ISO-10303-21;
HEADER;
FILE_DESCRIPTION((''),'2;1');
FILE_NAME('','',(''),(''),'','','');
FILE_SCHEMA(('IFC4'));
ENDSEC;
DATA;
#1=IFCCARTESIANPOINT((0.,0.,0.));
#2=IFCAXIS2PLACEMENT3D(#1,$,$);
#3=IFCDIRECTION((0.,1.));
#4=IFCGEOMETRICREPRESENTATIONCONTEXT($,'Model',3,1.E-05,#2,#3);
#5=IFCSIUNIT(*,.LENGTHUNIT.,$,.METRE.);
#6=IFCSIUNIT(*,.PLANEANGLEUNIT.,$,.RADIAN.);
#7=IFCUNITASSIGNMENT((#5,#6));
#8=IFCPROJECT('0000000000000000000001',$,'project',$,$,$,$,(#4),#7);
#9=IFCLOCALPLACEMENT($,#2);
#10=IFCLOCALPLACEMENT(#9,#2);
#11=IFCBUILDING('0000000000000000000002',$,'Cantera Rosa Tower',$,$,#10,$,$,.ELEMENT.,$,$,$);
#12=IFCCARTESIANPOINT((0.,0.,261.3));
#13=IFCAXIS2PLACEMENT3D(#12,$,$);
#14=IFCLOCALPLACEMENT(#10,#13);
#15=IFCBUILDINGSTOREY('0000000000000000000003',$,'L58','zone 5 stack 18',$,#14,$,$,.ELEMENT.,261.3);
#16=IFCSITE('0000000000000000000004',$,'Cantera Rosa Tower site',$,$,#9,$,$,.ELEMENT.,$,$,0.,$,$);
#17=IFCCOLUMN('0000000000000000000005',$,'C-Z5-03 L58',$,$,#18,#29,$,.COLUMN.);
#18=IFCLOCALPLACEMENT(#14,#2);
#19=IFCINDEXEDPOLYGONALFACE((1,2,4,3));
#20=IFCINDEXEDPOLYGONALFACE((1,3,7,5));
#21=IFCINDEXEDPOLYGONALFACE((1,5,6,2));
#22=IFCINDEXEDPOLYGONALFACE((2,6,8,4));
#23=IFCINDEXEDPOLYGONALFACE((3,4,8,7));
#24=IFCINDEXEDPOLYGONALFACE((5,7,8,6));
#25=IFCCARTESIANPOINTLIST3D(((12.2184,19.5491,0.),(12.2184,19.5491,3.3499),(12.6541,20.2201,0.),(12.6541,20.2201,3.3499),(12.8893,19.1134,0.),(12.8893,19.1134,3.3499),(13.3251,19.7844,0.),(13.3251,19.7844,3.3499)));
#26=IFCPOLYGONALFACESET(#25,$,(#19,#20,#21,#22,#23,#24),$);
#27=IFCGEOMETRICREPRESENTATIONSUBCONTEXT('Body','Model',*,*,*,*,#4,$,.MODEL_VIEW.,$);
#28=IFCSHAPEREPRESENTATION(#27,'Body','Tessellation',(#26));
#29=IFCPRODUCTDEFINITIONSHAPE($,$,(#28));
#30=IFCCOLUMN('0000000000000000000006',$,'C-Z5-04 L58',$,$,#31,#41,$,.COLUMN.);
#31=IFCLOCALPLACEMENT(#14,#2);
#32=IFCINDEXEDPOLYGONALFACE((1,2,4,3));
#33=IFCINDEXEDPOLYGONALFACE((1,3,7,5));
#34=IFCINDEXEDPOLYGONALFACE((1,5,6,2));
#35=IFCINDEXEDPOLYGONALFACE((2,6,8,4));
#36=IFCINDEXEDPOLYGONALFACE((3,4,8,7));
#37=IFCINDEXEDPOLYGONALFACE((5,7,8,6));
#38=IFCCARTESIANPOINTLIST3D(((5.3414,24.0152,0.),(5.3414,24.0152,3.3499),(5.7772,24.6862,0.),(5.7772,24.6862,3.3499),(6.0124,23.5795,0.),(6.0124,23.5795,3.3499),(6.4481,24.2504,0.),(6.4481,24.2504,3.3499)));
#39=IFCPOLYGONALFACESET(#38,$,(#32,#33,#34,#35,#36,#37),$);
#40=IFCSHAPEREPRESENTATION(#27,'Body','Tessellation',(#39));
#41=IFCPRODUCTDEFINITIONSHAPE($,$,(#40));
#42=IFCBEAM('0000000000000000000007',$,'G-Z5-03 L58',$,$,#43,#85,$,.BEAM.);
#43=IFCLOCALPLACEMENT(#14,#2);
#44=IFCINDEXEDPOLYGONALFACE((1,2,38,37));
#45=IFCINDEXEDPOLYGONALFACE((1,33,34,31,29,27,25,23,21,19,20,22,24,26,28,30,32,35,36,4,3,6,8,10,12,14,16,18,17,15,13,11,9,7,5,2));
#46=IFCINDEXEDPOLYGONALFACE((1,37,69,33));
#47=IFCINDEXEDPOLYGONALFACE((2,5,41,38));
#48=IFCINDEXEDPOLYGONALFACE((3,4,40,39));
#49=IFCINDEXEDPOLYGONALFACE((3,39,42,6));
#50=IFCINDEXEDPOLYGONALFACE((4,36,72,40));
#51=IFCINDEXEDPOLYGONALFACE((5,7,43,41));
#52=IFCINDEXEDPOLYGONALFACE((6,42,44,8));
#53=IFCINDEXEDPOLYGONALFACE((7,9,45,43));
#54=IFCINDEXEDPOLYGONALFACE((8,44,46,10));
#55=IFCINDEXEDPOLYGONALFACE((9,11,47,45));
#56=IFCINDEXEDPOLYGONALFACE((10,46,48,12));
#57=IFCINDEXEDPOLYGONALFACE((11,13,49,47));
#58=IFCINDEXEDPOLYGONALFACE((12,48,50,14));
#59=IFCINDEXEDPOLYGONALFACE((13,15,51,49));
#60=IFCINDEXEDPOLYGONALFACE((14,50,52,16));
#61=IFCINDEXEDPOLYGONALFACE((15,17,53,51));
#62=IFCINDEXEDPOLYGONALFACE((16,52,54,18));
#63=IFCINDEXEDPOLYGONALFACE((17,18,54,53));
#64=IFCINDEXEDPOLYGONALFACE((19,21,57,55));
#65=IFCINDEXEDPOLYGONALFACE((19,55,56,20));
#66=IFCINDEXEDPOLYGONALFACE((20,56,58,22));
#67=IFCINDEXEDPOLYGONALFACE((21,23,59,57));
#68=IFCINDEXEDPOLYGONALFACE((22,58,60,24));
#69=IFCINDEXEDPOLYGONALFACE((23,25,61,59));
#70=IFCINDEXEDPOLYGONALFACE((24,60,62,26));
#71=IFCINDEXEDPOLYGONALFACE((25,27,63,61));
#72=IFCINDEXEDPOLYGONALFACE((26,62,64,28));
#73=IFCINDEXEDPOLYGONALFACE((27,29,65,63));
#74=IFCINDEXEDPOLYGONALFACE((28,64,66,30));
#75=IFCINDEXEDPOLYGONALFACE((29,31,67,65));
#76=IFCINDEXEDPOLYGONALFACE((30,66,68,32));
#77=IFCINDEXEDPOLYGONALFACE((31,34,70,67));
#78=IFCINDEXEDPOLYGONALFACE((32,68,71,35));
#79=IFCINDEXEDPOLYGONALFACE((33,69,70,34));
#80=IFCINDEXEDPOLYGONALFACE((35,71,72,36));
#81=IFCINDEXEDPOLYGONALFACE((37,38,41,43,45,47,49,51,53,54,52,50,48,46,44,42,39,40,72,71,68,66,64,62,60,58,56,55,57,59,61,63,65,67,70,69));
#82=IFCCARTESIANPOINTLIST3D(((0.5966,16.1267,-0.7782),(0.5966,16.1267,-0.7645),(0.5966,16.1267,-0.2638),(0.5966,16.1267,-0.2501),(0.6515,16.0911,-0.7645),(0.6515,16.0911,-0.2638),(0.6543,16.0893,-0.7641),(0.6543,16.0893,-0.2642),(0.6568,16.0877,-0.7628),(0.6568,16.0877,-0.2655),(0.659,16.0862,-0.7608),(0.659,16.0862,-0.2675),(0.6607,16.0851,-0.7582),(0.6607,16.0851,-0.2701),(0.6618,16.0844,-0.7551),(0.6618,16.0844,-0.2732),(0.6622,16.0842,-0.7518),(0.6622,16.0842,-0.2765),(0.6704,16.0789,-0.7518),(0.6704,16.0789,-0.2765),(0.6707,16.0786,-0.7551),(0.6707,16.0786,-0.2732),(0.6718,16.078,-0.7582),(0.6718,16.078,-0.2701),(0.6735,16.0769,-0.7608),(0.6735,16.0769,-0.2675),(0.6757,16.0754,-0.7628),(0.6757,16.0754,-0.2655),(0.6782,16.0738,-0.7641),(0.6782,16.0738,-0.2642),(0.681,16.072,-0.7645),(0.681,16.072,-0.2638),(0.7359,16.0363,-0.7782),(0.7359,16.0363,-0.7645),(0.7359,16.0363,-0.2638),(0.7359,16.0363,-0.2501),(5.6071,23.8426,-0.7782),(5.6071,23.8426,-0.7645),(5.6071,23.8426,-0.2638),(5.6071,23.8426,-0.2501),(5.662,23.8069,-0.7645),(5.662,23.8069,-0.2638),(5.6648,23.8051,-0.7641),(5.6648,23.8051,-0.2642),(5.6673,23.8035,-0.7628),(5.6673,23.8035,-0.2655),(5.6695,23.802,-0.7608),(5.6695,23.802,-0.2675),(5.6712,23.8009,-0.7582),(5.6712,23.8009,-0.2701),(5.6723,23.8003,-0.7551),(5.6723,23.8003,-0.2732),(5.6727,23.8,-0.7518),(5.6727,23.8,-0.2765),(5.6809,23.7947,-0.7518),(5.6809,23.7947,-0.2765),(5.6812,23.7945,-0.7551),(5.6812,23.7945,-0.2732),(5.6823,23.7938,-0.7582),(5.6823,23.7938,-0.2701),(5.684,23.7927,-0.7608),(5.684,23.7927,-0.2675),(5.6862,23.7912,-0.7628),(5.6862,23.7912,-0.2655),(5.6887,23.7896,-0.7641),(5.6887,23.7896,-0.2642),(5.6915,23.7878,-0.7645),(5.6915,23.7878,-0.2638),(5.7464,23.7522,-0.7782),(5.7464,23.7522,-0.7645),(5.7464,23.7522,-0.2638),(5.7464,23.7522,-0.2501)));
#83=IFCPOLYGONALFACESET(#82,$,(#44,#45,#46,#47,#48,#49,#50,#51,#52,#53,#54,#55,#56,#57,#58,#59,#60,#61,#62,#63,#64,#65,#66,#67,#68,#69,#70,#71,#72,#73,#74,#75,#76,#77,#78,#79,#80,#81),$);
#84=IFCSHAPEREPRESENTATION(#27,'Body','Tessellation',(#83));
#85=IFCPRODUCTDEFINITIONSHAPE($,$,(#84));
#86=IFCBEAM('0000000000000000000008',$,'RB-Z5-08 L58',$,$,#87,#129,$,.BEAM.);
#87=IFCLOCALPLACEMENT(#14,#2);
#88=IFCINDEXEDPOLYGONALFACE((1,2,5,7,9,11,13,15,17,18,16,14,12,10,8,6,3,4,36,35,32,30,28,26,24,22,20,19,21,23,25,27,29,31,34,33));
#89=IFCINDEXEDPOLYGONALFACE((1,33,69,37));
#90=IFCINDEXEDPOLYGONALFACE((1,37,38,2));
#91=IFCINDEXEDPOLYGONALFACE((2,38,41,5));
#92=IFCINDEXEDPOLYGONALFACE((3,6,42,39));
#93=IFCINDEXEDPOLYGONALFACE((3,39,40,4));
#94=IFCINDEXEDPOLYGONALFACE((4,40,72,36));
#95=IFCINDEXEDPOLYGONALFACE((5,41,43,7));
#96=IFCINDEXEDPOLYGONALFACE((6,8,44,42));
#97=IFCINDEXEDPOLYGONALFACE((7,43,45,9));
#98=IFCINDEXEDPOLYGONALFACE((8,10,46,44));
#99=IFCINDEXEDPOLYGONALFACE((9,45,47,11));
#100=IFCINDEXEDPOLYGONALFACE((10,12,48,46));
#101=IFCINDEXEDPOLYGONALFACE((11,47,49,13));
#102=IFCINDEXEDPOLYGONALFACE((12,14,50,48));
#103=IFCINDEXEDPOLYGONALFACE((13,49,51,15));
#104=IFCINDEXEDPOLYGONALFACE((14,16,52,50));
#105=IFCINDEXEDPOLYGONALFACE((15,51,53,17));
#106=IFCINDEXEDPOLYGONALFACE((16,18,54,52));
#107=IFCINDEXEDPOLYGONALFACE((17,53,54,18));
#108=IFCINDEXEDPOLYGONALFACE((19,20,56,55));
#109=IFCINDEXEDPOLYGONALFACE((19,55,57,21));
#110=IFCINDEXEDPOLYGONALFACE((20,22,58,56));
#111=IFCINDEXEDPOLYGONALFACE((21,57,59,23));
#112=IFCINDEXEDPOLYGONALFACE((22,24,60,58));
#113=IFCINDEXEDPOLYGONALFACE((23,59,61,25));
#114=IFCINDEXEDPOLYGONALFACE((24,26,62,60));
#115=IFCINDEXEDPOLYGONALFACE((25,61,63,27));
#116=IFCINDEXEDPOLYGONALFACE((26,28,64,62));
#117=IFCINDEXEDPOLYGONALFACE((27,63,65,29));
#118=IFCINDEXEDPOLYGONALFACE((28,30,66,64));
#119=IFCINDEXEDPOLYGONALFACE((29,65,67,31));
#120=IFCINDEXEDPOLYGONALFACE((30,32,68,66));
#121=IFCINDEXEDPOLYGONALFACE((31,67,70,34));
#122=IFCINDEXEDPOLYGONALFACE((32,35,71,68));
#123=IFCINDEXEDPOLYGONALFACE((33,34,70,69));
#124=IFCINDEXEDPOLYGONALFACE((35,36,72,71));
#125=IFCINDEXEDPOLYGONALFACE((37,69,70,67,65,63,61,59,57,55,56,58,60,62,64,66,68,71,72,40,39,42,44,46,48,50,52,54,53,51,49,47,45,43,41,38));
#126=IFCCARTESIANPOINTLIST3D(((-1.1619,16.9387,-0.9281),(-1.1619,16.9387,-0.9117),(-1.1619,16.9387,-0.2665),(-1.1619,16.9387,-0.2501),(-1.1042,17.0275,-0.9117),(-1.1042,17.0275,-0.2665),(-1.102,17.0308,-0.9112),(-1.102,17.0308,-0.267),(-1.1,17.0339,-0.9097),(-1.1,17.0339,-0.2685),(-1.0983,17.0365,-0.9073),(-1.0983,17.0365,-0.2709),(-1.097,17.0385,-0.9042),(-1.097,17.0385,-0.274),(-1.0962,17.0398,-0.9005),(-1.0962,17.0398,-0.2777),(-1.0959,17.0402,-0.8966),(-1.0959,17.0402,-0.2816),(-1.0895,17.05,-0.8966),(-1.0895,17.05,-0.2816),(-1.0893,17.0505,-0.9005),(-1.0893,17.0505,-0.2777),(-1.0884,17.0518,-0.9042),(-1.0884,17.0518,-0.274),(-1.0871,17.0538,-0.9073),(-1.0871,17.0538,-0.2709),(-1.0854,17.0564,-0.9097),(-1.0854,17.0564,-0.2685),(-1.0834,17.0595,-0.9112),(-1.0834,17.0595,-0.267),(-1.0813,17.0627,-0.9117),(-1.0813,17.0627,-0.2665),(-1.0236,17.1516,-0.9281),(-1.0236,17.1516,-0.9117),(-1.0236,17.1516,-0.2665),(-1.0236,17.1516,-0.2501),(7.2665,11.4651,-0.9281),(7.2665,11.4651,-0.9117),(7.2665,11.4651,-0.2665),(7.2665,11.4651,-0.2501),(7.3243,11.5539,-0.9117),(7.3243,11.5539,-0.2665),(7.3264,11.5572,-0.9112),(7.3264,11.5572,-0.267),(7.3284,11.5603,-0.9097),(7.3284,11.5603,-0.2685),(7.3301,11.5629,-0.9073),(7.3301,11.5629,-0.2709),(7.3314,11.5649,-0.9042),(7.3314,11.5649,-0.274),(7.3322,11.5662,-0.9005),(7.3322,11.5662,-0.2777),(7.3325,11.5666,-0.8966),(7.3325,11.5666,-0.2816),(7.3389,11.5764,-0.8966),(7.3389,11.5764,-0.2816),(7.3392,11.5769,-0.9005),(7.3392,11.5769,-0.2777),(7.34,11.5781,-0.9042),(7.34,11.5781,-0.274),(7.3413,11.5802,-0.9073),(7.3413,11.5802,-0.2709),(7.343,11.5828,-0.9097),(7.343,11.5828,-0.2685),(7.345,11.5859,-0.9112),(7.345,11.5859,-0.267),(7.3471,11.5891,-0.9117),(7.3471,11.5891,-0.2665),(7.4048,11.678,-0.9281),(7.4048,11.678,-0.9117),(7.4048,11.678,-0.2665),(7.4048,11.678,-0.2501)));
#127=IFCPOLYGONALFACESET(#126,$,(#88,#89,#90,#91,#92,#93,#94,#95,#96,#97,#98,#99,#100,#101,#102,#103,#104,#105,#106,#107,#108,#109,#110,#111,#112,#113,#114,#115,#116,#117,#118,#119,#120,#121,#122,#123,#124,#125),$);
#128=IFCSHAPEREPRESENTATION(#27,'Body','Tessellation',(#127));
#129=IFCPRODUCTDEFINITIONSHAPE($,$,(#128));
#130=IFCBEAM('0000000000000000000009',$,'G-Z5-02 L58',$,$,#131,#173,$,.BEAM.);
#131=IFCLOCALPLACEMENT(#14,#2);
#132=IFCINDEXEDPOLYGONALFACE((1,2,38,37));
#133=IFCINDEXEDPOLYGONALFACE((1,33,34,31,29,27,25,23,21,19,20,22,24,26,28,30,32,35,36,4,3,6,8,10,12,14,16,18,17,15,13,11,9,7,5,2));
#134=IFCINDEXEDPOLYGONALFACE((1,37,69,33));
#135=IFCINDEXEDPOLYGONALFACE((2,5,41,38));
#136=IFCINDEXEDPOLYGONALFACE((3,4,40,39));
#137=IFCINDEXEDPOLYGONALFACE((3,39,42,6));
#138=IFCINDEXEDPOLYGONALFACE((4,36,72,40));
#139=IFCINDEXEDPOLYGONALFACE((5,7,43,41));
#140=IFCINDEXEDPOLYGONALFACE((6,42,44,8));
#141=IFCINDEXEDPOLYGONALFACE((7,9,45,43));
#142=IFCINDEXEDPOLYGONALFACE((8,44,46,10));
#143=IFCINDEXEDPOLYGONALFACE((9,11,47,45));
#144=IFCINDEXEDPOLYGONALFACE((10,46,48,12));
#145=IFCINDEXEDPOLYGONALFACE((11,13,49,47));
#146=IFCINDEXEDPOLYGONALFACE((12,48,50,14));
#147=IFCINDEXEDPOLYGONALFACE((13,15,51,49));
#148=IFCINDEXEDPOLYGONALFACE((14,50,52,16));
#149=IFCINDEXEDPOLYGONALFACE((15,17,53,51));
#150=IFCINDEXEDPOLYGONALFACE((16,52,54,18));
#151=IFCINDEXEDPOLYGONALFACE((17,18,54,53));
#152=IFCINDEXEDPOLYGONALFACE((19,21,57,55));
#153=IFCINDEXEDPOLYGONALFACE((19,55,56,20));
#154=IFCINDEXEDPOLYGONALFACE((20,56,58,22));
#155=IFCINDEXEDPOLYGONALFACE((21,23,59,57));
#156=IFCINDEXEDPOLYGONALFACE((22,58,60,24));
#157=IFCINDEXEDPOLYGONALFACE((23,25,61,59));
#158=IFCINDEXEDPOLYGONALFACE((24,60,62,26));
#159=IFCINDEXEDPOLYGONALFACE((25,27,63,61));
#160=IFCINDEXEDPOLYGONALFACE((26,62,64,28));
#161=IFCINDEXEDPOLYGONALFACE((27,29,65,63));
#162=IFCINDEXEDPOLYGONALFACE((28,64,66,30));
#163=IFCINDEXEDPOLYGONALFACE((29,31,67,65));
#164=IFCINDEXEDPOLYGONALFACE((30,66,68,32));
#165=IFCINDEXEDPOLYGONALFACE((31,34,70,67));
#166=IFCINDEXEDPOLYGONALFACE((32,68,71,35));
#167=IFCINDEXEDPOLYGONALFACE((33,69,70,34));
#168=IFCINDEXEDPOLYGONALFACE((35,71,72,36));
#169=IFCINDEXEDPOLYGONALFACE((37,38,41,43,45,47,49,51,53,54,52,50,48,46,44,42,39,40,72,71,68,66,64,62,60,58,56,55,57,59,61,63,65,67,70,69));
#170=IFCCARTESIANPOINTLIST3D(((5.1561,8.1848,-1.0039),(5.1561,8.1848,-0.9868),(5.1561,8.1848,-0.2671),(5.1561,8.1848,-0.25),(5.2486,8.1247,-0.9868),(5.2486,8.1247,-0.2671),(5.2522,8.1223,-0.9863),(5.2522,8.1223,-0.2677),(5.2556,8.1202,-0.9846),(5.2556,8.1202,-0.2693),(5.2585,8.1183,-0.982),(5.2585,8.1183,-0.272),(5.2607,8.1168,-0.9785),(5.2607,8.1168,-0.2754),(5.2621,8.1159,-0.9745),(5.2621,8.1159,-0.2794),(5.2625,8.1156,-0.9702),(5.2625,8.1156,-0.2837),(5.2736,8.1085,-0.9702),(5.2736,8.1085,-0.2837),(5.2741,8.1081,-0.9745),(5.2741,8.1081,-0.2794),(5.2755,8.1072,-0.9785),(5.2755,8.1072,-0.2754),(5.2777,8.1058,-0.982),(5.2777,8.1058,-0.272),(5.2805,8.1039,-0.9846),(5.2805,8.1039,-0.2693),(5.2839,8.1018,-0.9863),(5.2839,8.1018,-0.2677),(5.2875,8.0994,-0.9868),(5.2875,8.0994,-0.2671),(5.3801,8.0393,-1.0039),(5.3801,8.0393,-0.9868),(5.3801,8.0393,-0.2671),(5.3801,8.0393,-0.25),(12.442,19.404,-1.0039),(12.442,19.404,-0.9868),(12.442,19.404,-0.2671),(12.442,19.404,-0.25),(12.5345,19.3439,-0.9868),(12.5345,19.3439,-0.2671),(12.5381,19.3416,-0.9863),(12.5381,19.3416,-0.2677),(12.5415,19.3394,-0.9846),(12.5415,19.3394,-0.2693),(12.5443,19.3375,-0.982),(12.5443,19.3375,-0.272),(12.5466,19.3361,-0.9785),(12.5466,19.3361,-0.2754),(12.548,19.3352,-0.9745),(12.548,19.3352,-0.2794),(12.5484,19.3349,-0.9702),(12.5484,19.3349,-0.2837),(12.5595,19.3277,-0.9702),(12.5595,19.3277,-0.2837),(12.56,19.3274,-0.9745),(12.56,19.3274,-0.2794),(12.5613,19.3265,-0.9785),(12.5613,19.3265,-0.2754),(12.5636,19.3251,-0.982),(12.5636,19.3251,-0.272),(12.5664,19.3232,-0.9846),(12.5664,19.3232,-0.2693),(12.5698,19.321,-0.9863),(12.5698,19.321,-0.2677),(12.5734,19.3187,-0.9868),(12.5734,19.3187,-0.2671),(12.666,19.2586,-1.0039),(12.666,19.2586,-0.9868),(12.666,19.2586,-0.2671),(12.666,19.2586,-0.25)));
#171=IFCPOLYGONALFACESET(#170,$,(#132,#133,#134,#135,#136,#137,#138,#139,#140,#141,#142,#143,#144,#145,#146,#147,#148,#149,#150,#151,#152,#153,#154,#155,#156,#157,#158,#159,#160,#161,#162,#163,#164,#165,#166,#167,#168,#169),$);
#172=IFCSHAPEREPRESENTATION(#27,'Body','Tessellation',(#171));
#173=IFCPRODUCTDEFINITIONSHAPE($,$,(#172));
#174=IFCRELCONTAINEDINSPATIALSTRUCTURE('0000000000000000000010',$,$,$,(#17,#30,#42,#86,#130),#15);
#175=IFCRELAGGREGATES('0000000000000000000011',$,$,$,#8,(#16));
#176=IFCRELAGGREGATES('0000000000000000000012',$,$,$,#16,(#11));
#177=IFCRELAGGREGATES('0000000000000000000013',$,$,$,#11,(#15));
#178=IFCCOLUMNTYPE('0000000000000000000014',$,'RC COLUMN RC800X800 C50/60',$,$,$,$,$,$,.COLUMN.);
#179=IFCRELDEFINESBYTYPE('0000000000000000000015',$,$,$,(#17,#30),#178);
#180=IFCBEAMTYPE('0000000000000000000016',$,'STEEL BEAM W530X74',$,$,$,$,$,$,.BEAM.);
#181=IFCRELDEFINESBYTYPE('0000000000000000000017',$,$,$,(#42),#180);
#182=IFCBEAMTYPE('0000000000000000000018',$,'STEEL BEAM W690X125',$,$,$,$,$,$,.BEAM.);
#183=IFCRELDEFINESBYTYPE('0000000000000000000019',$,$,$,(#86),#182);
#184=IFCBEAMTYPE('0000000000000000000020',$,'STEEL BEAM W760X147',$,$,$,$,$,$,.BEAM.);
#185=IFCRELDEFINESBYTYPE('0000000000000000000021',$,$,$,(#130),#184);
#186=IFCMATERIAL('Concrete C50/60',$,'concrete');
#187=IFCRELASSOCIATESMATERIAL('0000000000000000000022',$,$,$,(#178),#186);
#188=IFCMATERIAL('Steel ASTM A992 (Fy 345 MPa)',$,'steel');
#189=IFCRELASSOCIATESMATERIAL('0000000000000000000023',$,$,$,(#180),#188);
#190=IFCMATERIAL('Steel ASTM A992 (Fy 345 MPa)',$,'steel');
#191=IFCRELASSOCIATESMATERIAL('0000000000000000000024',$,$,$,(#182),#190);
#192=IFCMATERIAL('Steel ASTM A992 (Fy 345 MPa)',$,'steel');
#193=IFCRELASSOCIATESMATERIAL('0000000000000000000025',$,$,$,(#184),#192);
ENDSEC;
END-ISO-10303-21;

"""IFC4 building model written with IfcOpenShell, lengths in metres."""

from ifc_helpers import new_model, si_unit, direction, frame, origin, origin_2d, place, context, subcontext, project, spatial, rectangle, i_section, extrude, material, material_profile, profile_set, type_object, element, save


model = new_model("IFC4")

# Units and contexts
model_context = context("Model", 3, precision=1e-05, world=origin(), true_north=direction((0.0, 1.0)))
body_context = subcontext(model_context, "Body", "Model", "MODEL_VIEW")
ifc_project = project(units=[si_unit("LENGTHUNIT", "METRE"), si_unit("PLANEANGLEUNIT", "RADIAN")], contexts=[model_context])

# Site, building, storey
site_placement = place(None, origin())
site = spatial("IfcSite", under=ifc_project, at=site_placement, Name="Cantera Rosa Tower site", CompositionType="ELEMENT", RefElevation=0.0)
building_placement = place(site_placement, origin())
building = spatial("IfcBuilding", under=site, at=building_placement, Name="Cantera Rosa Tower", CompositionType="ELEMENT")
storey_placement = place(building_placement, frame((0.0, 0.0, 261.3)))
storey = spatial("IfcBuildingStorey", under=building, at=storey_placement, Name="L58", Description="zone 5 stack 18", CompositionType="ELEMENT", Elevation=261.3)

# Columns
ifc_material_1 = material(Name="Concrete C50/60", Category="concrete")
ifc_material_profile_1 = material_profile(ifc_material_1, rectangle(XDim=0.8, YDim=0.8, at=origin_2d()), Name="RC COLUMN RC800X800 C50/60")
ifc_profile_set_1 = profile_set([ifc_material_profile_1], Name="Concrete C50/60")
column_type = type_object("IfcColumnType", Name="RC COLUMN RC800X800 C50/60", PredefinedType="COLUMN", material=ifc_profile_set_1)
for number, where, z_axis, x_axis, name in (
    (1, (12.7717, 19.6667, 0.0), (0.0, 0.0, 1.0), (0.544639, 0.838671, 0.0), "C-Z5-03 L58"),
    (2, (5.8948, 24.1328, 0.0), (0.0, 0.0, 1.0), (0.544639, 0.838671, 0.0), "C-Z5-04 L58"),
):
    element("IfcColumn", number, at=place(storey_placement, frame(where, z_axis=z_axis, x_axis=x_axis)), inside=storey, type_object=column_type, Name=name, PredefinedType="COLUMN", context=body_context, shape_type="SweptSolid", body=[
        extrude(rectangle(XDim=0.8, YDim=0.8, at=origin_2d()), origin(), (0.0, 0.0, 1.0), 3.3499),
    ])

# Beams
ifc_material_2 = material(Name="Steel ASTM A992 (Fy 345 MPa)", Category="steel")
ifc_material_profile_2 = material_profile(ifc_material_2, i_section(OverallWidth=0.166, OverallDepth=0.5281, WebThickness=0.0098, FlangeThickness=0.0137, FilletRadius=0.0127, at=origin_2d()), Name="W530X74")
ifc_profile_set_2 = profile_set([ifc_material_profile_2], Name="Steel ASTM A992 (Fy 345 MPa)")
beam_type_1 = type_object("IfcBeamType", Name="STEEL BEAM W530X74", PredefinedType="BEAM", material=ifc_profile_set_2)
beam_1_placement = place(storey_placement, frame((5.6768, 23.7974, -0.5142), z_axis=(-0.544623, -0.838681, 0.0), x_axis=(0.838681, -0.544623, 0.0)))
element("IfcBeam", 3, at=beam_1_placement, inside=storey, type_object=beam_type_1, Name="G-Z5-03 L58", PredefinedType="BEAM", context=body_context, shape_type="SweptSolid", body=[
    extrude(i_section(OverallWidth=0.166, OverallDepth=0.5281, WebThickness=0.0098, FlangeThickness=0.0137, FilletRadius=0.0127, at=origin_2d()), origin(), (0.0, 0.0, 1.0), 9.2),
])
ifc_material_3 = material(Name="Steel ASTM A992 (Fy 345 MPa)", Category="steel")
ifc_material_profile_3 = material_profile(ifc_material_3, i_section(OverallWidth=0.2539, OverallDepth=0.678, WebThickness=0.0117, FlangeThickness=0.0164, FilletRadius=0.0151, at=origin_2d()), Name="W690X125")
ifc_profile_set_3 = profile_set([ifc_material_profile_3], Name="Steel ASTM A992 (Fy 345 MPa)")
beam_type_2 = type_object("IfcBeamType", Name="STEEL BEAM W690X125", PredefinedType="BEAM", material=ifc_profile_set_3)
beam_2_placement = place(storey_placement, frame((7.3357, 11.5715, -0.5891), z_axis=(-0.838665, 0.544648, 0.0), x_axis=(-0.544648, -0.838665, 0.0)))
element("IfcBeam", 4, at=beam_2_placement, inside=storey, type_object=beam_type_2, Name="RB-Z5-08 L58", PredefinedType="BEAM", context=body_context, shape_type="SweptSolid", body=[
    extrude(i_section(OverallWidth=0.2539, OverallDepth=0.678, WebThickness=0.0117, FlangeThickness=0.0164, FilletRadius=0.0151, at=origin_2d()), origin(), (0.0, 0.0, 1.0), 10.0498),
])
ifc_material_4 = material(Name="Steel ASTM A992 (Fy 345 MPa)", Category="steel")
ifc_material_profile_4 = material_profile(ifc_material_4, i_section(OverallWidth=0.2671, OverallDepth=0.7539, WebThickness=0.0132, FlangeThickness=0.0171, FilletRadius=0.0166, at=origin_2d()), Name="W760X147")
ifc_profile_set_4 = profile_set([ifc_material_profile_4], Name="Steel ASTM A992 (Fy 345 MPa)")
beam_type_3 = type_object("IfcBeamType", Name="STEEL BEAM W760X147", PredefinedType="BEAM", material=ifc_profile_set_4)
beam_3_placement = place(storey_placement, frame((12.554, 19.3313, -0.627), z_axis=(-0.544641, -0.83867, 0.0), x_axis=(0.83867, -0.544641, 0.0)))
element("IfcBeam", 5, at=beam_3_placement, inside=storey, type_object=beam_type_3, Name="G-Z5-02 L58", PredefinedType="BEAM", context=body_context, shape_type="SweptSolid", body=[
    extrude(i_section(OverallWidth=0.2671, OverallDepth=0.7539, WebThickness=0.0132, FlangeThickness=0.0171, FilletRadius=0.0166, at=origin_2d()), origin(), (0.0, 0.0, 1.0), 13.3774),
])

save(model, "model.ifc")
